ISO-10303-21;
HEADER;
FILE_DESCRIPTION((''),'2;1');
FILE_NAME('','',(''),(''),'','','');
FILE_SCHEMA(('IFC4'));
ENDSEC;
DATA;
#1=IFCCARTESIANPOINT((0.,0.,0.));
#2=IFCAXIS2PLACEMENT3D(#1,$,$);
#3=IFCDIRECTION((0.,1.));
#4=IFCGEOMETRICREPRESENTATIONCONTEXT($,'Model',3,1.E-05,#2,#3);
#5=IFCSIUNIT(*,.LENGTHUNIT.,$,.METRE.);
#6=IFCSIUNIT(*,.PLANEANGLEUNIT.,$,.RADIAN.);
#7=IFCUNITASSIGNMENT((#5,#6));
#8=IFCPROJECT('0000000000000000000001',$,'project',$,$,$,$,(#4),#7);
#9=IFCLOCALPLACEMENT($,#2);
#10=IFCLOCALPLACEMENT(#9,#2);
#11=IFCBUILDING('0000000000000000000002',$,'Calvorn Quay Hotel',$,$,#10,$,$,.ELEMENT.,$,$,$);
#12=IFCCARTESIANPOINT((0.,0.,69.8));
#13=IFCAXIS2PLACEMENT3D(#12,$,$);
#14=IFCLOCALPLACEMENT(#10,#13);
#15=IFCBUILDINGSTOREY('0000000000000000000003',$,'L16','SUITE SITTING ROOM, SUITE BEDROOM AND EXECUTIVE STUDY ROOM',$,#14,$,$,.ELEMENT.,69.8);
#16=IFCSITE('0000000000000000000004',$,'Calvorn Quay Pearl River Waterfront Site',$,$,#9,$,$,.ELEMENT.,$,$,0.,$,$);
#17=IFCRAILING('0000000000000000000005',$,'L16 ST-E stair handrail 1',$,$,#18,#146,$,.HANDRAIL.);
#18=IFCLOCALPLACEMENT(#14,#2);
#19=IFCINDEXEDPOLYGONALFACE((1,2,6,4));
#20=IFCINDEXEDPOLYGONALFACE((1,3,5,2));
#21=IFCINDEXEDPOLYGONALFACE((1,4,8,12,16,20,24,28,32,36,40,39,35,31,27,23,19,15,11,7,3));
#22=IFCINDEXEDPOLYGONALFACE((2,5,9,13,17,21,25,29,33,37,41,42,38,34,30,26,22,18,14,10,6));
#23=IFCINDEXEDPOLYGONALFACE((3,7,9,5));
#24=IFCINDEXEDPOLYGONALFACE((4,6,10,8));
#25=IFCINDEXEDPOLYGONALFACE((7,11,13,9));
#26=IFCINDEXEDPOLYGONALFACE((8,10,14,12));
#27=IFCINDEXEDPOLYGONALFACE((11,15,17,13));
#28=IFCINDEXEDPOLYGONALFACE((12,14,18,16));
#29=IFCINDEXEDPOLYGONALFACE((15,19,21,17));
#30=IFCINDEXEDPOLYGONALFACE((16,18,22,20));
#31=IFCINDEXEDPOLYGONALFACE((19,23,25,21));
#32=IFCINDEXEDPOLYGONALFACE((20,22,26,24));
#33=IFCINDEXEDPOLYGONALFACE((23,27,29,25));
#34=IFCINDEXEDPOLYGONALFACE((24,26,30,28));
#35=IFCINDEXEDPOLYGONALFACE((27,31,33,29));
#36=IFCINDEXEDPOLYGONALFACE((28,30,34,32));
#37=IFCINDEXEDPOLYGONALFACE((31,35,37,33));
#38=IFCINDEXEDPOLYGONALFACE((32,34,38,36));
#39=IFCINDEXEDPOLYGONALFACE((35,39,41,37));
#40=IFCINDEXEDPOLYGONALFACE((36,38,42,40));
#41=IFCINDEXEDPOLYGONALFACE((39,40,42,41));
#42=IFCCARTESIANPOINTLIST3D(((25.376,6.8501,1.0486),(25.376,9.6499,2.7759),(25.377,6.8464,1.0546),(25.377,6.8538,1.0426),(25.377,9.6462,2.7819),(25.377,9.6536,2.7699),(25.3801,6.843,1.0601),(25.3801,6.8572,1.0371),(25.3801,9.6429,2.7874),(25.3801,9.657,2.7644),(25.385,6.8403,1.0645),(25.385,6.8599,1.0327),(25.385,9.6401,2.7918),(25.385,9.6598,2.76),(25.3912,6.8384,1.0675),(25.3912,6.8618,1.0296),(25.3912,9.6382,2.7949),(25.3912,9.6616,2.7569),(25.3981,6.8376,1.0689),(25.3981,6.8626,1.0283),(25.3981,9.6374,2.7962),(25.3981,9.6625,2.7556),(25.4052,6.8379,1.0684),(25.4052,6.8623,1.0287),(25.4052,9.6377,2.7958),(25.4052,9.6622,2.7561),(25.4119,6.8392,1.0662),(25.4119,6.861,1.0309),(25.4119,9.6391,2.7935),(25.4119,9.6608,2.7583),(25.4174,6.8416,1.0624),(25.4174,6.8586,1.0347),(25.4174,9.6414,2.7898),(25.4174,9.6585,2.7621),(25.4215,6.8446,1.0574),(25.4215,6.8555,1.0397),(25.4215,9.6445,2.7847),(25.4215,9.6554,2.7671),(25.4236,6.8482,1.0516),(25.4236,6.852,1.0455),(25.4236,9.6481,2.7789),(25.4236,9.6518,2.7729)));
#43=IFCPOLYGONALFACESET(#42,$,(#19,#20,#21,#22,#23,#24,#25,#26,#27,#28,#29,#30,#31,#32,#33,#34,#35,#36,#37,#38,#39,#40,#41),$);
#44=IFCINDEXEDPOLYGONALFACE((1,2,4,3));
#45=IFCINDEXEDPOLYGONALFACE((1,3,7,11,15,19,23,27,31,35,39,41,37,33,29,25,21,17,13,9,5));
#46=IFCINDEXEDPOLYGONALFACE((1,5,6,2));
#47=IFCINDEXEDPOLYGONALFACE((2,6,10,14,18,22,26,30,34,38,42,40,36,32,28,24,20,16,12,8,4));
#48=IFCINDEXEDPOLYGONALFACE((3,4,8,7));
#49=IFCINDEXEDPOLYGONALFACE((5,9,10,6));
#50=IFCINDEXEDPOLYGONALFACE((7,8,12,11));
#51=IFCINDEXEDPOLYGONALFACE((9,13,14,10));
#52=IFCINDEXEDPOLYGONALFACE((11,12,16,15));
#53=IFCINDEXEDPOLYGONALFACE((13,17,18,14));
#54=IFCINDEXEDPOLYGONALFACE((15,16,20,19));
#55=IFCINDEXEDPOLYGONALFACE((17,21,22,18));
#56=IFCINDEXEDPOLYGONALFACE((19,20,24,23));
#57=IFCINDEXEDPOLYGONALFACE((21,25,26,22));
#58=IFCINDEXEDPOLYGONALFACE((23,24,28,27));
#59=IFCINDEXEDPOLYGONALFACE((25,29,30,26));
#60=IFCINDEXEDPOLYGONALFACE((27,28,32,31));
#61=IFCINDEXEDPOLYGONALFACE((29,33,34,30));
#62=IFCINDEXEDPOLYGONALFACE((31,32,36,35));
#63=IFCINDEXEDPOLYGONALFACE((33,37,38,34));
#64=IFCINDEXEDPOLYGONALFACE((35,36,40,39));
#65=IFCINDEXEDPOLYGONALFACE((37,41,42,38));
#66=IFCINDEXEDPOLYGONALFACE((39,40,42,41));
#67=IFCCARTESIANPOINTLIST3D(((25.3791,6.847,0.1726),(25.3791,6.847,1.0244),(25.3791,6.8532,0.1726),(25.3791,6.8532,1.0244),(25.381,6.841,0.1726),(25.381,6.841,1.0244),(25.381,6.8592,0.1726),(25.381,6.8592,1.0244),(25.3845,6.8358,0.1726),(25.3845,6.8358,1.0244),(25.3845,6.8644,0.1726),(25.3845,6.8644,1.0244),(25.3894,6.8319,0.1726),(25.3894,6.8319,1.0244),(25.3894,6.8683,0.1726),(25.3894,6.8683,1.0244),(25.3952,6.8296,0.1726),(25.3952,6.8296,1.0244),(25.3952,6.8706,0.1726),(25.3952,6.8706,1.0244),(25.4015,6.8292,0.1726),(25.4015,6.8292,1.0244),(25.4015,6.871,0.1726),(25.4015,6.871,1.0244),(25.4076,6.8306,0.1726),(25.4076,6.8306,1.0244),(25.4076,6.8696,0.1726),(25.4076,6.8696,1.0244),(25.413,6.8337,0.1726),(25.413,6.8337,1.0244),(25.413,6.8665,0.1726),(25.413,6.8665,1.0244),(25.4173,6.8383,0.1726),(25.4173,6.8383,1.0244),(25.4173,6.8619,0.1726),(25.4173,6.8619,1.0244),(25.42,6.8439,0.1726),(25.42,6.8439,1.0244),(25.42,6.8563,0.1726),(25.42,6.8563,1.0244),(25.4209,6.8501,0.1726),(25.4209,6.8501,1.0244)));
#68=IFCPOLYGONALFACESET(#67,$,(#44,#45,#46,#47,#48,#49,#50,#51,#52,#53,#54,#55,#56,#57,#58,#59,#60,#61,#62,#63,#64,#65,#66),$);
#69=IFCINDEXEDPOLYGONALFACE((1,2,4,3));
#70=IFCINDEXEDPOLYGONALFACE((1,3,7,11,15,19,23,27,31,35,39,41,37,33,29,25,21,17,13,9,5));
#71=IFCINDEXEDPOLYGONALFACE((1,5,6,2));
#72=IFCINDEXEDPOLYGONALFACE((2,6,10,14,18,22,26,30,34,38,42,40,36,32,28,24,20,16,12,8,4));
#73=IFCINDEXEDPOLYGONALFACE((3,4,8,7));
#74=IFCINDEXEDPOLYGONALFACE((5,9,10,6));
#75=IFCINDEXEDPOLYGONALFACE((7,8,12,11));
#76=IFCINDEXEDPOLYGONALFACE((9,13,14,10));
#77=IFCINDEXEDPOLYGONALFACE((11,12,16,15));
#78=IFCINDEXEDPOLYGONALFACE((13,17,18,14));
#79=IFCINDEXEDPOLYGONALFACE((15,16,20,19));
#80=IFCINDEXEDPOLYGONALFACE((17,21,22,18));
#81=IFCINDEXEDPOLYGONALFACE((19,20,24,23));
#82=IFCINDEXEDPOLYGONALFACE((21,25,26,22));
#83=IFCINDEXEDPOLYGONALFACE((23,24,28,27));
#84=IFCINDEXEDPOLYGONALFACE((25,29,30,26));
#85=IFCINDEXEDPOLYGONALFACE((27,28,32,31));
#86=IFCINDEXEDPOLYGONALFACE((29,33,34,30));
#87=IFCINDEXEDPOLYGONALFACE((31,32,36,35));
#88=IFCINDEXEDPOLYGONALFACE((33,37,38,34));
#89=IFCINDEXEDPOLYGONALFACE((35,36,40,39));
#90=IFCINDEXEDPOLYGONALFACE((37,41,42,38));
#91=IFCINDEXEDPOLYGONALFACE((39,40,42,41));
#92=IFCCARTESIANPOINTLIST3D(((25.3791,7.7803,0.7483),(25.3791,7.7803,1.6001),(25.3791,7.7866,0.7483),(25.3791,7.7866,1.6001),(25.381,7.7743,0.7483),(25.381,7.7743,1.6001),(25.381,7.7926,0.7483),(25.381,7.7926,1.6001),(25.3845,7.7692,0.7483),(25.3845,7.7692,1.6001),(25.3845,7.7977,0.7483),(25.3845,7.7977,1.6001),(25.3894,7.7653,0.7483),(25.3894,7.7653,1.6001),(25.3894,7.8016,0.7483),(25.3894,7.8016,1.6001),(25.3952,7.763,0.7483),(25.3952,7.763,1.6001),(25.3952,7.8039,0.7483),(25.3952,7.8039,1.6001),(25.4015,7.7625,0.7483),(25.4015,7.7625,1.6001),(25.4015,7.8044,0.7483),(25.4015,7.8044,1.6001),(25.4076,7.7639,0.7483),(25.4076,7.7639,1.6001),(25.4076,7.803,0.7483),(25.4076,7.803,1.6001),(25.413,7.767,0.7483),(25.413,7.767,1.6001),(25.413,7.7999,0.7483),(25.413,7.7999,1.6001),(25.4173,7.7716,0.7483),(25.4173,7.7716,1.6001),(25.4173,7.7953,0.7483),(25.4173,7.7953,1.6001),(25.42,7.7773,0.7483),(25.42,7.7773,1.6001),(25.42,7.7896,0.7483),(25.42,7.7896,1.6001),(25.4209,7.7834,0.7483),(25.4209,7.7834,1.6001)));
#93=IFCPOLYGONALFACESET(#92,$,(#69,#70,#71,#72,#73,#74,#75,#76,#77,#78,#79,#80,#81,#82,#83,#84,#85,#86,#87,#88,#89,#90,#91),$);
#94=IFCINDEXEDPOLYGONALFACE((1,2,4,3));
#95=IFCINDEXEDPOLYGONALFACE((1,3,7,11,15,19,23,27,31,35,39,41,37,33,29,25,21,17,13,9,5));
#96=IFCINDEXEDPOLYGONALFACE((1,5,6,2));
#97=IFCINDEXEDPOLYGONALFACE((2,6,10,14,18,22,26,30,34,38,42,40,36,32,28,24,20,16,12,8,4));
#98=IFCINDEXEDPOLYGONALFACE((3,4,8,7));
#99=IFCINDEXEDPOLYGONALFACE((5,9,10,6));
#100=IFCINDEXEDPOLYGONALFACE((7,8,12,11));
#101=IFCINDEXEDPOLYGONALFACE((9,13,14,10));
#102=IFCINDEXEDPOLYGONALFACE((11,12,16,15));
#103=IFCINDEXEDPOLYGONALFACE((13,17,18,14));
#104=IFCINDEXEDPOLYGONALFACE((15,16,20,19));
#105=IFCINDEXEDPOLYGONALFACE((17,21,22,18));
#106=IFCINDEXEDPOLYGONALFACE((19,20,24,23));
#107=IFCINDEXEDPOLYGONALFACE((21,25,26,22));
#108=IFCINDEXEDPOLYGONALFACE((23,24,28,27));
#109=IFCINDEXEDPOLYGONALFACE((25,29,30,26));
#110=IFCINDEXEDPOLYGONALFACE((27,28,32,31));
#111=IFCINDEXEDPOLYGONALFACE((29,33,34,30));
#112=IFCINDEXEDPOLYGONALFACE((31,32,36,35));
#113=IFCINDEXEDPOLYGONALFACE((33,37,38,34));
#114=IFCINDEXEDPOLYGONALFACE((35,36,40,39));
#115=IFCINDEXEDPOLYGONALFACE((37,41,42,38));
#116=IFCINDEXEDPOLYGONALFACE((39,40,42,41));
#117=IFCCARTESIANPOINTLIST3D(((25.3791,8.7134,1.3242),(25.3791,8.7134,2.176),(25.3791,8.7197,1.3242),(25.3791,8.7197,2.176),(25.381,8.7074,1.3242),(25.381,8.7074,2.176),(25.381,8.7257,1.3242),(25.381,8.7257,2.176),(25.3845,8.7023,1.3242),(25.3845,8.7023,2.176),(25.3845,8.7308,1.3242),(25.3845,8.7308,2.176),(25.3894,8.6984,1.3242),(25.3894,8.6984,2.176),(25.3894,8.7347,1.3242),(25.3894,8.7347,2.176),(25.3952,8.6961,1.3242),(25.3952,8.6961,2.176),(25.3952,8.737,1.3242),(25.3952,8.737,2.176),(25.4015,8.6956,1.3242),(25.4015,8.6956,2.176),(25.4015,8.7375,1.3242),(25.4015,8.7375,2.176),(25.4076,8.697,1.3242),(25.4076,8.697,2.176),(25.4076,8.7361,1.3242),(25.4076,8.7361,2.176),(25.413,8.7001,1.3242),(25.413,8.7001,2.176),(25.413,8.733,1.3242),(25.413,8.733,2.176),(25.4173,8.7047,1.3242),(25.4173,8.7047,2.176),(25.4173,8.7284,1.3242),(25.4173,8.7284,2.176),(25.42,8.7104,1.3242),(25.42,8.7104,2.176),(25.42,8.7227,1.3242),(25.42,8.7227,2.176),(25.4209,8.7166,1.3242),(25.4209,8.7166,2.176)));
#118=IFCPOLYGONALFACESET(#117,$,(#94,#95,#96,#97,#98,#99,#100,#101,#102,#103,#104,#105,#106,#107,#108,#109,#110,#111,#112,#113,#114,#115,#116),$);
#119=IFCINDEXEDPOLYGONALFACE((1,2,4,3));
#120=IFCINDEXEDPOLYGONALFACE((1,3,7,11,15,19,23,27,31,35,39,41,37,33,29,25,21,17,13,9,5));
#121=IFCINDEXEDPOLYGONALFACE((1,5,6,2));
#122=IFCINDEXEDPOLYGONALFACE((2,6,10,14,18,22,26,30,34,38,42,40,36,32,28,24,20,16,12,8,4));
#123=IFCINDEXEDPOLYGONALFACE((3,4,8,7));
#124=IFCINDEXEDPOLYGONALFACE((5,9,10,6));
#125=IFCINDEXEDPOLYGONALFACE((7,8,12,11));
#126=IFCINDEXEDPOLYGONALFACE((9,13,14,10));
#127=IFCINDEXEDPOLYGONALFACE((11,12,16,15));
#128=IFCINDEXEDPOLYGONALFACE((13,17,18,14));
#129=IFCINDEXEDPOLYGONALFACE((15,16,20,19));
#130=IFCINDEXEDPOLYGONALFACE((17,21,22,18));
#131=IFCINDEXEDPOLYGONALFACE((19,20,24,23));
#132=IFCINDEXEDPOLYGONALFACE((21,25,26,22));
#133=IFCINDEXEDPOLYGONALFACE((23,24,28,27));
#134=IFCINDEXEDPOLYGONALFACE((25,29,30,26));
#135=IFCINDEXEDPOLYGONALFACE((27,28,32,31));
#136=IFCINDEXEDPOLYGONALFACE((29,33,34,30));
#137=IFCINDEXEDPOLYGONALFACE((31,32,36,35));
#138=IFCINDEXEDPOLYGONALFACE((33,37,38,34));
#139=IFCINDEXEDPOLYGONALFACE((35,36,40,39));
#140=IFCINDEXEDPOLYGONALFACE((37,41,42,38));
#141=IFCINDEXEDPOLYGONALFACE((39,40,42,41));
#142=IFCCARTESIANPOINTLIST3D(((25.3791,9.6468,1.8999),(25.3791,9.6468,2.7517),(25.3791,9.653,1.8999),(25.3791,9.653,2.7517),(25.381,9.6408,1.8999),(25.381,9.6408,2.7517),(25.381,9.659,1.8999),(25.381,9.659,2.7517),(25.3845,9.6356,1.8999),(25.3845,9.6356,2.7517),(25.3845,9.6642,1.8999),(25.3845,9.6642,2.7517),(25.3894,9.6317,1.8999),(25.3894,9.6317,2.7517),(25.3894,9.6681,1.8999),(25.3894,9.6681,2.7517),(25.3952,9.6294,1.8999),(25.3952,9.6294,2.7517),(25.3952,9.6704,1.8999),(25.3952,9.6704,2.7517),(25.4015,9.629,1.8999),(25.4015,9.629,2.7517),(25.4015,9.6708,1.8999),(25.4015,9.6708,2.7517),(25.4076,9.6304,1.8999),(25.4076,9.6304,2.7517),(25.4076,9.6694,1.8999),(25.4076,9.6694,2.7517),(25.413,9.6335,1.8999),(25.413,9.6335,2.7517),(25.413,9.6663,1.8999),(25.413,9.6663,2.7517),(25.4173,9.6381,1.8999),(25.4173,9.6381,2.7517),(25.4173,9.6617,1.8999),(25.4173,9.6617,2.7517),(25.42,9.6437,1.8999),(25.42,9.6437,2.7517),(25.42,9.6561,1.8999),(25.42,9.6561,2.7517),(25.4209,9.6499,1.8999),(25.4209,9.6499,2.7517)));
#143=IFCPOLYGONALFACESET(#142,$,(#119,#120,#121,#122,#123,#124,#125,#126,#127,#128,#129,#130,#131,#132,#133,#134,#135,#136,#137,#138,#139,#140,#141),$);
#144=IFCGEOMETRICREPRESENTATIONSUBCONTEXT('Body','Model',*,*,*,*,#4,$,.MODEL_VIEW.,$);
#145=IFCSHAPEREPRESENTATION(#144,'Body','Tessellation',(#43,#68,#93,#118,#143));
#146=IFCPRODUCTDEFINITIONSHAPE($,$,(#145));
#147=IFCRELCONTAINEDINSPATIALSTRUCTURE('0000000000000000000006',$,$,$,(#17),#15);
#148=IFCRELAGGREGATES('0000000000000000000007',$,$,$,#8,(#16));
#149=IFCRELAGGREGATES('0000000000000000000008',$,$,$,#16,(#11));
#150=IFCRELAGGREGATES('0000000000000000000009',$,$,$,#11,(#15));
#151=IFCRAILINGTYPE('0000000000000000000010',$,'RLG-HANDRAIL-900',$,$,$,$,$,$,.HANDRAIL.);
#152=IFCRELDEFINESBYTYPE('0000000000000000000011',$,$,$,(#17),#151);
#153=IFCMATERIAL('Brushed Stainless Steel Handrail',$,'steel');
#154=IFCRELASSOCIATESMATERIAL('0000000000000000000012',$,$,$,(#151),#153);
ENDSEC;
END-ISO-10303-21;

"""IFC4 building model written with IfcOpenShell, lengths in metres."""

from ifc_helpers import new_model, si_unit, direction, frame, origin, origin_2d, place, context, subcontext, project, spatial, circle, extrude, material, type_object, element, save


model = new_model("IFC4")

# Units and contexts
model_context = context("Model", 3, precision=1e-05, world=origin(), true_north=direction((0.0, 1.0)))
body_context = subcontext(model_context, "Body", "Model", "MODEL_VIEW")
ifc_project = project(units=[si_unit("LENGTHUNIT", "METRE"), si_unit("PLANEANGLEUNIT", "RADIAN")], contexts=[model_context])

# Site, building, storey
site_placement = place(None, origin())
site = spatial("IfcSite", under=ifc_project, at=site_placement, Name="Calvorn Quay Pearl River Waterfront Site", CompositionType="ELEMENT", RefElevation=0.0)
building_placement = place(site_placement, origin())
building = spatial("IfcBuilding", under=site, at=building_placement, Name="Calvorn Quay Hotel", CompositionType="ELEMENT")
storey_placement = place(building_placement, frame((0.0, 0.0, 69.8)))
storey = spatial("IfcBuildingStorey", under=building, at=storey_placement, Name="L16", Description="SUITE SITTING ROOM, SUITE BEDROOM AND EXECUTIVE STUDY ROOM", CompositionType="ELEMENT", Elevation=69.8)

# Railing
ifc_material_1 = material(Name="Brushed Stainless Steel Handrail", Category="steel")
railing_type_1 = type_object("IfcRailingType", Name="RLG-HANDRAIL-900", PredefinedType="HANDRAIL", material=ifc_material_1)
railing_1_placement = place(storey_placement, frame((25.3999, 6.8501, 0.1726)))
element("IfcRailing", 1, at=railing_1_placement, inside=storey, type_object=railing_type_1, Name="L16 ST-E stair handrail 1", PredefinedType="HANDRAIL", context=body_context, shape_type="SweptSolid", body=[
    extrude(circle(Radius=0.0239, at=origin_2d()), frame((0.0, 0.0, 0.876), z_axis=(0.0, 0.851069, 0.525054), x_axis=(-1.0, 0.0, 0.0)), (0.0, 0.0, 1.0), 3.2898),
    extrude(circle(Radius=0.021, at=origin_2d()), origin(), (0.0, 0.0, 1.0), 0.8518),
    extrude(circle(Radius=0.021, at=origin_2d()), frame((0.0, 0.9333, 0.5757)), (0.0, 0.0, 1.0), 0.8518),
    extrude(circle(Radius=0.021, at=origin_2d()), frame((0.0, 1.8665, 1.1516)), (0.0, 0.0, 1.0), 0.8518),
    extrude(circle(Radius=0.021, at=origin_2d()), frame((0.0, 2.7998, 1.7273)), (0.0, 0.0, 1.0), 0.8518),
])

save(model, "model.ifc")
